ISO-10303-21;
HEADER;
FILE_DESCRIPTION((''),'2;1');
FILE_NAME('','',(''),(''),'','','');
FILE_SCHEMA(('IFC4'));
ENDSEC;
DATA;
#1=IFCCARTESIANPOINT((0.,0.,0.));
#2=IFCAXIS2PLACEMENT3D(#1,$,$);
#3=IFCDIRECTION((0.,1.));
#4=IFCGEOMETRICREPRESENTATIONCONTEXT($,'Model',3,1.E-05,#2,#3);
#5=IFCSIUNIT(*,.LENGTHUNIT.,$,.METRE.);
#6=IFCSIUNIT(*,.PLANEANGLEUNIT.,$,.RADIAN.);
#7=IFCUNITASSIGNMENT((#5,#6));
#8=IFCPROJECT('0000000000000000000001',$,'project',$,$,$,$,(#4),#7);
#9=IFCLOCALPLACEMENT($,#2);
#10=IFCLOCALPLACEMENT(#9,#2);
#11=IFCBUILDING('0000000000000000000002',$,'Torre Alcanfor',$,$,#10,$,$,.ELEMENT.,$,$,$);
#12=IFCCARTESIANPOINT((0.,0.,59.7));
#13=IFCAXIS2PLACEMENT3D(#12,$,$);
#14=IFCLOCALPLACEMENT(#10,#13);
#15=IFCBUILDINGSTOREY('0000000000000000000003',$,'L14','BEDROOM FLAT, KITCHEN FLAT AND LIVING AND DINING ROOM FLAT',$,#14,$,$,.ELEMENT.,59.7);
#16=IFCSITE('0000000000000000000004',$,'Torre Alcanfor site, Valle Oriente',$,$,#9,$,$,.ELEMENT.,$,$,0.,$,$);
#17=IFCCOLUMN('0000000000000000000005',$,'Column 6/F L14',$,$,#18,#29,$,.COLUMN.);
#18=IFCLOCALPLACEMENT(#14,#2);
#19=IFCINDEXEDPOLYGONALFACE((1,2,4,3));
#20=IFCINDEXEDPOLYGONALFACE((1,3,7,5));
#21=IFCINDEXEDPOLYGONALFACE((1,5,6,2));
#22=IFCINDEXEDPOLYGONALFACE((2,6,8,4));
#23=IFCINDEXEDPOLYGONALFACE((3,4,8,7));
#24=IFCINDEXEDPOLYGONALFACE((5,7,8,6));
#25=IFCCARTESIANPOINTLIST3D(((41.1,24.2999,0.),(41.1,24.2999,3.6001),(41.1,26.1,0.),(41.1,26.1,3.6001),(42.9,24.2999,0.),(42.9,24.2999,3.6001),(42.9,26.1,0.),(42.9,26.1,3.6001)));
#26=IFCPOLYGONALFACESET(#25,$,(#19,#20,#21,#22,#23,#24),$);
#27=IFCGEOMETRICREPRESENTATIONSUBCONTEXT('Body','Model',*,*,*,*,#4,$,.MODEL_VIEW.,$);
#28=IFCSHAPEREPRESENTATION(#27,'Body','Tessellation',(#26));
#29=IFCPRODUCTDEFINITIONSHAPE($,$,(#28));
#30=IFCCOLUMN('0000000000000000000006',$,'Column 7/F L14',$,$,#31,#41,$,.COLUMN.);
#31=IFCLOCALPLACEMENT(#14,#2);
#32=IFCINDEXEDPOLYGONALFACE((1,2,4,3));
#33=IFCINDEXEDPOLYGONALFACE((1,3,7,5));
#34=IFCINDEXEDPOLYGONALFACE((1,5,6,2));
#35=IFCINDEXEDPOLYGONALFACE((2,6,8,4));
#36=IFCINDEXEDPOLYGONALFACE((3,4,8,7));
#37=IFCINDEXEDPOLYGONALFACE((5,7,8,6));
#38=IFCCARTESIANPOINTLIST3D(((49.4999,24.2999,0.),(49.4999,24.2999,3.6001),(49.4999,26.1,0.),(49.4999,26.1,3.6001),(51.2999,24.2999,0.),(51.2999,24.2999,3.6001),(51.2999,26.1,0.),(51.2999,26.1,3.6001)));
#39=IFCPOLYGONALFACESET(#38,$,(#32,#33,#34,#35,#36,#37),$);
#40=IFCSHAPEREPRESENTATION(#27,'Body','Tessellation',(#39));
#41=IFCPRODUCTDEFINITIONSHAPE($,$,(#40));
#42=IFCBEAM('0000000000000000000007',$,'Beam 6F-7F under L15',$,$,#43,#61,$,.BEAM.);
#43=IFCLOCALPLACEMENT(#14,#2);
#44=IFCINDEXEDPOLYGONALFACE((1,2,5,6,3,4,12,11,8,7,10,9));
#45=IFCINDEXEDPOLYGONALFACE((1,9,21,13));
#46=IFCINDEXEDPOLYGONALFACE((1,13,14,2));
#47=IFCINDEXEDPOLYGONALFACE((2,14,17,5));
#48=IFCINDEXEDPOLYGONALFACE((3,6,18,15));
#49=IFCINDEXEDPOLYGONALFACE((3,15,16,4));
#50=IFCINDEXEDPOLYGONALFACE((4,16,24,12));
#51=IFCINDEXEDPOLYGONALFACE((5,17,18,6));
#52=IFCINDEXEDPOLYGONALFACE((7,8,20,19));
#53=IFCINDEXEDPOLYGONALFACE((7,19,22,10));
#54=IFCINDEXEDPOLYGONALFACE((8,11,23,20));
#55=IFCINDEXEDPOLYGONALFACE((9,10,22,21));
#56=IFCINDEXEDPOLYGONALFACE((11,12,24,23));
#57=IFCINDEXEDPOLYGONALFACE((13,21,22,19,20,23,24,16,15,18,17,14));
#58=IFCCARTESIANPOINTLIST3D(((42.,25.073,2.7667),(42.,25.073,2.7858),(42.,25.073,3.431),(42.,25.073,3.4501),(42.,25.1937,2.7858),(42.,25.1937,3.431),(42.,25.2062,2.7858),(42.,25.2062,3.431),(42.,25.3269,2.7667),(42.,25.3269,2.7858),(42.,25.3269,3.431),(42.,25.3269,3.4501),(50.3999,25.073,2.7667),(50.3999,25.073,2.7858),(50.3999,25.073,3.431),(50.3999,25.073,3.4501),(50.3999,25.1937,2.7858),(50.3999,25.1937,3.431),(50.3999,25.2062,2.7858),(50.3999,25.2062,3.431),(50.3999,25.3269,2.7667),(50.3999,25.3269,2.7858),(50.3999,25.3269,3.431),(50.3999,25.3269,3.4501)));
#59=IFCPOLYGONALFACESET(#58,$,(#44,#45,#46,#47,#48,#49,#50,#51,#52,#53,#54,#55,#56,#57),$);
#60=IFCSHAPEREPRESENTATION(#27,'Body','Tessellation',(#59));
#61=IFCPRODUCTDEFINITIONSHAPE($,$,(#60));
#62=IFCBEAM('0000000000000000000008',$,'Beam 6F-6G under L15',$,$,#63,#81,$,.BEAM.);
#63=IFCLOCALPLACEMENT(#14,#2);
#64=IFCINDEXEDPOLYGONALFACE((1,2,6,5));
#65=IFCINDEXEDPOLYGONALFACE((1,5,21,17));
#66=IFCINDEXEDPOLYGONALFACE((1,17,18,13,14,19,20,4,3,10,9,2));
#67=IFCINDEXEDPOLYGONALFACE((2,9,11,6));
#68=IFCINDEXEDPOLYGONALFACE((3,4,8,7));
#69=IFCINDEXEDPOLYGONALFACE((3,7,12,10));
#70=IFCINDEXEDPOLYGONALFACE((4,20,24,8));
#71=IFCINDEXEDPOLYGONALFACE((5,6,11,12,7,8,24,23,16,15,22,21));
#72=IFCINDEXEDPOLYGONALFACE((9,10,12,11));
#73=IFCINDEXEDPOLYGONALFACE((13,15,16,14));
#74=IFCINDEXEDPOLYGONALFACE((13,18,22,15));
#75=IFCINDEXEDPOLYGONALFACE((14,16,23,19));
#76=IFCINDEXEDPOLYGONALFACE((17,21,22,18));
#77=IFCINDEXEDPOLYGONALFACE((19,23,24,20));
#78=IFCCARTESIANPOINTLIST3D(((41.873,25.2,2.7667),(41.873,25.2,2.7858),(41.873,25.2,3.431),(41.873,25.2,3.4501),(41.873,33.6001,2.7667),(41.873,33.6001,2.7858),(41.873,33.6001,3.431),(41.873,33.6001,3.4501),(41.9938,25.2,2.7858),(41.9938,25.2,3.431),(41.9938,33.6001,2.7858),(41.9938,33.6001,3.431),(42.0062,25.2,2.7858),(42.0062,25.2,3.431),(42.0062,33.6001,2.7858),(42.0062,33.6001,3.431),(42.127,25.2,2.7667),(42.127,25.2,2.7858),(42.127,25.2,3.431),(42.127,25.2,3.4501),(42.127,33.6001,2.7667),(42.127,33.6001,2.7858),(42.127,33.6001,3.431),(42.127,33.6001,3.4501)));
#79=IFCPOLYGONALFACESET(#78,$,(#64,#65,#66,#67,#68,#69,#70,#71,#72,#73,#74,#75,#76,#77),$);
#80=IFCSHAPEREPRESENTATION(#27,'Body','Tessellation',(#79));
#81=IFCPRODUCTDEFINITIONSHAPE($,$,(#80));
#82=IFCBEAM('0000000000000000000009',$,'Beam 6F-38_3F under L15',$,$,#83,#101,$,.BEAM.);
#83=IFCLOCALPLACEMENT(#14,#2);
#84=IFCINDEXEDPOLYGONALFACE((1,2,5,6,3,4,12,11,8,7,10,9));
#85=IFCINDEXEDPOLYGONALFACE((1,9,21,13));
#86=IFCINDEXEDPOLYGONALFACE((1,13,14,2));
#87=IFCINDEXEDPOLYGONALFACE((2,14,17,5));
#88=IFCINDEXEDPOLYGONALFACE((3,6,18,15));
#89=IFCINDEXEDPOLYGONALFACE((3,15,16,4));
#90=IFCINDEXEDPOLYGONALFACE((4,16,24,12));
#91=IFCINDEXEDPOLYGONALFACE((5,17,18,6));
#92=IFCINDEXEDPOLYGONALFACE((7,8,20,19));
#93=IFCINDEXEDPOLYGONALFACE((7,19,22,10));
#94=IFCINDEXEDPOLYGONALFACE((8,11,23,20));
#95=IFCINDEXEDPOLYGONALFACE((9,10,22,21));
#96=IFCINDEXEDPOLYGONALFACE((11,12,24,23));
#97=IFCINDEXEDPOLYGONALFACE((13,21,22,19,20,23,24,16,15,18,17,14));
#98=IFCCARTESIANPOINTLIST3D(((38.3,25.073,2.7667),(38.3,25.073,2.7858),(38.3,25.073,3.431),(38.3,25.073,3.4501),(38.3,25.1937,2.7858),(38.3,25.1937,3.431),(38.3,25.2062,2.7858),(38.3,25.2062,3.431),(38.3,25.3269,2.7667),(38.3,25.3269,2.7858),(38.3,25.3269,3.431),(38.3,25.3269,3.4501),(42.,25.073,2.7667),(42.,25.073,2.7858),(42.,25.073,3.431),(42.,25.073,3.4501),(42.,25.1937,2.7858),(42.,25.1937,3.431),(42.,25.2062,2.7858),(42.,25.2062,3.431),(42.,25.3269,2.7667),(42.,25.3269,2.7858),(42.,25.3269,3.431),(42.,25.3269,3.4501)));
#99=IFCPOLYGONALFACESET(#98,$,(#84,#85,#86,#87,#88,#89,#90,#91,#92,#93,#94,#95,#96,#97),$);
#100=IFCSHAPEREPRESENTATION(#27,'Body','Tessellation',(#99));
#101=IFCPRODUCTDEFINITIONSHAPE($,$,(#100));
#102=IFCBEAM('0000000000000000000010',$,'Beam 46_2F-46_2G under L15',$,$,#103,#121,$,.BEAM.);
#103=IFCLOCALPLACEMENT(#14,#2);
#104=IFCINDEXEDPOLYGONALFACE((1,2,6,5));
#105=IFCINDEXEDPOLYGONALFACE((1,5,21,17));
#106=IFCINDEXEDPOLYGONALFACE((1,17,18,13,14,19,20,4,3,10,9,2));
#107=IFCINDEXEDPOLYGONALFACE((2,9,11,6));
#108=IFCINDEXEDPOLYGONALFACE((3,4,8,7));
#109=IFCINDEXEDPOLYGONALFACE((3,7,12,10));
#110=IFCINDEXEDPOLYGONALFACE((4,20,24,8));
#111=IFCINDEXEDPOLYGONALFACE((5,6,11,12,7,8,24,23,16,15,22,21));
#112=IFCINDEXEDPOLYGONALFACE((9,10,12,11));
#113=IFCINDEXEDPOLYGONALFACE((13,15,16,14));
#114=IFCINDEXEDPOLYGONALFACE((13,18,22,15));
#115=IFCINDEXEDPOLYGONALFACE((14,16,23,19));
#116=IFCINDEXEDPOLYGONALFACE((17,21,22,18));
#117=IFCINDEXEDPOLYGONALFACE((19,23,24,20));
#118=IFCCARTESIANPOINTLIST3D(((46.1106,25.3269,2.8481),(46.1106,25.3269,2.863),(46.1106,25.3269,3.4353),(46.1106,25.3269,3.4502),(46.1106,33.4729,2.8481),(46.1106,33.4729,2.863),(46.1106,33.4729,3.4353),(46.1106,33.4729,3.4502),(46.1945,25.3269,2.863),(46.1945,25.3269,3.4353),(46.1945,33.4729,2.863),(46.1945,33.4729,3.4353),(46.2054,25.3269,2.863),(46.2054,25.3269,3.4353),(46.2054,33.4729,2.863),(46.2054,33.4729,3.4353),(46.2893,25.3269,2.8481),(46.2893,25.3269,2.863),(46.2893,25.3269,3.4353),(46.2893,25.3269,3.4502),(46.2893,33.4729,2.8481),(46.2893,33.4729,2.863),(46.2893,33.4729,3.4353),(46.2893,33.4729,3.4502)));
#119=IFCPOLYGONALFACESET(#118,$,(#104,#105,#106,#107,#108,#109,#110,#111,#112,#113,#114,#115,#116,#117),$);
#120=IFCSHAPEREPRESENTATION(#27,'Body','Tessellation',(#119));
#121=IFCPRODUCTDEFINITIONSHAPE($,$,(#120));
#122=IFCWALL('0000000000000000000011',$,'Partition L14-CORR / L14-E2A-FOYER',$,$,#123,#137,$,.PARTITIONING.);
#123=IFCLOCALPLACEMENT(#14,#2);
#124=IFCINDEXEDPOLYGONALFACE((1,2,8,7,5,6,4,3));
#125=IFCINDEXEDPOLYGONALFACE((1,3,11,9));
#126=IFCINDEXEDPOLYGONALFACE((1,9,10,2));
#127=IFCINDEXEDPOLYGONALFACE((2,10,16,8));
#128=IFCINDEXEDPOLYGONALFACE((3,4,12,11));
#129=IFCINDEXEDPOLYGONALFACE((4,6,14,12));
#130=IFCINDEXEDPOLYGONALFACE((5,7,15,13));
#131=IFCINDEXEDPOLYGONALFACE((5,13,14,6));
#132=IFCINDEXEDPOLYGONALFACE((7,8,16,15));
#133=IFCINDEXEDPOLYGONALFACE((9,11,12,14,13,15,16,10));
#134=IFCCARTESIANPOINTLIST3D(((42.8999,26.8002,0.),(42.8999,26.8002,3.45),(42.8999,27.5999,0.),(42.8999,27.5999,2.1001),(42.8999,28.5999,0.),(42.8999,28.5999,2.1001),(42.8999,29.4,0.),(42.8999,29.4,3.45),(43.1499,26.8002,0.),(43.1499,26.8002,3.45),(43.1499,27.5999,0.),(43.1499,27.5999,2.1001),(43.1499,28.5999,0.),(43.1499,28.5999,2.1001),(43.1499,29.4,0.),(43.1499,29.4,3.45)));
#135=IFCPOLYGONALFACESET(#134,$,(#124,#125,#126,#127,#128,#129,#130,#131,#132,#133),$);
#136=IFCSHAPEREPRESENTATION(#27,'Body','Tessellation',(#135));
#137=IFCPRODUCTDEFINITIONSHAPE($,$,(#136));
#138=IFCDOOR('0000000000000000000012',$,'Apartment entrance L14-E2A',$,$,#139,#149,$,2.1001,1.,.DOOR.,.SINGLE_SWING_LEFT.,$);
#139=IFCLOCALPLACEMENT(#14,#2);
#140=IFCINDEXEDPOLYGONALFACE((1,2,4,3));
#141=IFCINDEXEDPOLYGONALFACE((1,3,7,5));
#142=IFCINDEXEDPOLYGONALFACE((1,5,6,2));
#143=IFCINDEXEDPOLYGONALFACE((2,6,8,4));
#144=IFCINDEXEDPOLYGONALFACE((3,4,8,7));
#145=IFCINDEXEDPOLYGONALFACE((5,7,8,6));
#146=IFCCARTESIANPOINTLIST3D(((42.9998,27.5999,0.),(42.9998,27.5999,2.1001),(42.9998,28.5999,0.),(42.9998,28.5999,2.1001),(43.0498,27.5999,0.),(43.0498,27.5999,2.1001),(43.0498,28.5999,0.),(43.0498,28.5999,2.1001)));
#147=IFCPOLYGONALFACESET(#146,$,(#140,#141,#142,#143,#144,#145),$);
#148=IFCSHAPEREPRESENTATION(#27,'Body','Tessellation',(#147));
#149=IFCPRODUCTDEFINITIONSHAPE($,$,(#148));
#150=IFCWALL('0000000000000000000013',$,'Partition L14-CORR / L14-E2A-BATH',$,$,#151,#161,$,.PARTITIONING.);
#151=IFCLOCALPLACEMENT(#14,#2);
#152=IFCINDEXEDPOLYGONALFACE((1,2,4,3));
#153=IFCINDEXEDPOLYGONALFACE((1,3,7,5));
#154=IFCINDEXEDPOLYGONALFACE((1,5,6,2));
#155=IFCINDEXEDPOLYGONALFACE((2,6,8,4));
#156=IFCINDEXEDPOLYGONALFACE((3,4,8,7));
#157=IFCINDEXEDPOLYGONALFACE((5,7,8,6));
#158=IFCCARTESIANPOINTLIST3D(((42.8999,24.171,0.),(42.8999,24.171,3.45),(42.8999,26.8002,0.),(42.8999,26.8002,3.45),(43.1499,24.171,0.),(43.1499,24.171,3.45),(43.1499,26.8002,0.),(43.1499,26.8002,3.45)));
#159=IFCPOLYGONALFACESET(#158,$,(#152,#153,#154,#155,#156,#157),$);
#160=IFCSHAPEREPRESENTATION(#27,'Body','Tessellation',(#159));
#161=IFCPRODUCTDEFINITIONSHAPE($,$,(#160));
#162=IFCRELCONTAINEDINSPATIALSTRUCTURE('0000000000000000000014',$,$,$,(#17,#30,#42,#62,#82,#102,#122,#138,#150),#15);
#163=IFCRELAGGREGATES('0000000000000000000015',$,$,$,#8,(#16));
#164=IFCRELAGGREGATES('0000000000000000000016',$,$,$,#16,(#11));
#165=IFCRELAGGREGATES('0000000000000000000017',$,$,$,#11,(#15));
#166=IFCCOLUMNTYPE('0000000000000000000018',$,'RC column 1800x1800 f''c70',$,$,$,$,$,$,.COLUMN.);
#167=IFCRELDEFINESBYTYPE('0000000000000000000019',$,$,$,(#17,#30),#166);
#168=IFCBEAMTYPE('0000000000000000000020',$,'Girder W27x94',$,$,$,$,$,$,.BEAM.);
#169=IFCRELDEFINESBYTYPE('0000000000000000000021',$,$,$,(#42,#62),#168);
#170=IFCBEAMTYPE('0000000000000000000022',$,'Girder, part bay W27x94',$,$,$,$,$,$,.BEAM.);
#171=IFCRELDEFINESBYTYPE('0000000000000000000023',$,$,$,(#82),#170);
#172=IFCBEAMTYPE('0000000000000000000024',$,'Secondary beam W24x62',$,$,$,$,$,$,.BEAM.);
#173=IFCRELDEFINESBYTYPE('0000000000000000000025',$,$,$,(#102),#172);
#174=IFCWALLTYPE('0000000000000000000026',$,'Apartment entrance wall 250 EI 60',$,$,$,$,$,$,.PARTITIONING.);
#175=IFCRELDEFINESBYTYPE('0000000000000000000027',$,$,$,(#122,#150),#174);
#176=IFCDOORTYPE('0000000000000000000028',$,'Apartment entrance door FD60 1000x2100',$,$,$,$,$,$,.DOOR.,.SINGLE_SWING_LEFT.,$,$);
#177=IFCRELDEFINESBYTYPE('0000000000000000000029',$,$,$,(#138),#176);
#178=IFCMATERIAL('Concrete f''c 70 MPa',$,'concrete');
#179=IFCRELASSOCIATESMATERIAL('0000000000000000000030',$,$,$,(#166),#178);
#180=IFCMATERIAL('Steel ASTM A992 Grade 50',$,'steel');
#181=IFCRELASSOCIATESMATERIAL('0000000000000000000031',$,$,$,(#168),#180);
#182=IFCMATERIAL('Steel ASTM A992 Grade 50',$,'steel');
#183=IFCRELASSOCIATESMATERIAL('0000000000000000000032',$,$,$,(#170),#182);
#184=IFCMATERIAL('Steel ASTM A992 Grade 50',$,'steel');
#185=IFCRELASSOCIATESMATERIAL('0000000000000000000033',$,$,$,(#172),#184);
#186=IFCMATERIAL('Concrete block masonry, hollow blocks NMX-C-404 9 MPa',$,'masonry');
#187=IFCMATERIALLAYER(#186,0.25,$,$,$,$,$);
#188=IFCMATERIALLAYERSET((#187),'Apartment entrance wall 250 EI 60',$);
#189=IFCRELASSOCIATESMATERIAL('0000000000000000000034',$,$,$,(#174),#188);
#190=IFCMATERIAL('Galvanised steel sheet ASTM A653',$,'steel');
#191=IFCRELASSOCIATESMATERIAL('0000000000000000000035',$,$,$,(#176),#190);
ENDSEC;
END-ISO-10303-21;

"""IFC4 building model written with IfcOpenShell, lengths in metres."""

from ifc_helpers import new_model, si_unit, direction, frame, frame_2d, origin, origin_2d, place, context, subcontext, project, spatial, rectangle, i_section, extrude, material, layer, layer_set, material_profile, profile_set, type_object, element, fill, save


model = new_model("IFC4")

# Units and contexts
model_context = context("Model", 3, precision=1e-05, world=origin(), true_north=direction((0.0, 1.0)))
body_context = subcontext(model_context, "Body", "Model", "MODEL_VIEW")
ifc_project = project(units=[si_unit("LENGTHUNIT", "METRE"), si_unit("PLANEANGLEUNIT", "RADIAN")], contexts=[model_context])

# Site, building, storey
site_placement = place(None, origin())
site = spatial("IfcSite", under=ifc_project, at=site_placement, Name="Torre Alcanfor site, Valle Oriente", CompositionType="ELEMENT", RefElevation=0.0)
building_placement = place(site_placement, origin())
building = spatial("IfcBuilding", under=site, at=building_placement, Name="Torre Alcanfor", CompositionType="ELEMENT")
storey_placement = place(building_placement, frame((0.0, 0.0, 59.7)))
storey = spatial("IfcBuildingStorey", under=building, at=storey_placement, Name="L14", Description="BEDROOM FLAT, KITCHEN FLAT AND LIVING AND DINING ROOM FLAT", CompositionType="ELEMENT", Elevation=59.7)

# Columns
ifc_material_1 = material(Name="Concrete f'c 70 MPa", Category="concrete")
ifc_material_profile_1 = material_profile(ifc_material_1, rectangle(XDim=1.8, YDim=1.8, at=origin_2d()), Name="1800x1800")
ifc_profile_set_1 = profile_set([ifc_material_profile_1], Name="Concrete f'c 70 MPa")
column_type = type_object("IfcColumnType", Name="RC column 1800x1800 f'c70", PredefinedType="COLUMN", material=ifc_profile_set_1)
for number, where, z_axis, x_axis, name in (
    (1, (42.0, 25.2, 0.0), (0.0, 0.0, 1.0), (1.0, 0.0, 0.0), "Column 6/F L14"),
    (2, (50.3999, 25.2, 0.0), (0.0, 0.0, 1.0), (1.0, 0.0, 0.0), "Column 7/F L14"),
):
    element("IfcColumn", number, at=place(storey_placement, frame(where, z_axis=z_axis, x_axis=x_axis)), inside=storey, type_object=column_type, Name=name, PredefinedType="COLUMN", context=body_context, shape_type="SweptSolid", body=[
        extrude(rectangle(XDim=1.8, YDim=1.8, at=origin_2d()), origin(), (0.0, 0.0, 1.0), 3.6001),
    ])

# Beams
ifc_material_2 = material(Name="Steel ASTM A992 Grade 50", Category="steel")
ifc_material_profile_2 = material_profile(ifc_material_2, i_section(OverallWidth=0.2539, OverallDepth=0.6833, WebThickness=0.0125, FlangeThickness=0.019, at=origin_2d()), Name="W27x94")
ifc_profile_set_2 = profile_set([ifc_material_profile_2], Name="Steel ASTM A992 Grade 50")
beam_type_1 = type_object("IfcBeamType", Name="Girder W27x94", PredefinedType="BEAM", material=ifc_profile_set_2)
beam_1_placement = place(storey_placement, frame((42.0, 25.2, 3.1084), z_axis=(1.0, 0.0, 0.0), x_axis=(0.0, 1.0, 0.0)))
element("IfcBeam", 3, at=beam_1_placement, inside=storey, type_object=beam_type_1, Name="Beam 6F-7F under L15", PredefinedType="BEAM", context=body_context, shape_type="SweptSolid", body=[
    extrude(i_section(OverallWidth=0.2539, OverallDepth=0.6833, WebThickness=0.0125, FlangeThickness=0.019, at=origin_2d()), origin(), (0.0, 0.0, 1.0), 8.3999),
])
beam_2_placement = place(storey_placement, frame((42.0, 25.2, 3.1084), z_axis=(0.0, 1.0, 0.0), x_axis=(-1.0, 0.0, 0.0)))
element("IfcBeam", 4, at=beam_2_placement, inside=storey, type_object=beam_type_1, Name="Beam 6F-6G under L15", PredefinedType="BEAM", context=body_context, shape_type="SweptSolid", body=[
    extrude(i_section(OverallWidth=0.2539, OverallDepth=0.6833, WebThickness=0.0125, FlangeThickness=0.019, at=origin_2d()), origin(), (0.0, 0.0, 1.0), 8.4001),
])
ifc_material_3 = material(Name="Steel ASTM A992 Grade 50", Category="steel")
ifc_material_profile_3 = material_profile(ifc_material_3, i_section(OverallWidth=0.2539, OverallDepth=0.6833, WebThickness=0.0125, FlangeThickness=0.019, at=origin_2d()), Name="W27x94")
ifc_profile_set_3 = profile_set([ifc_material_profile_3], Name="Steel ASTM A992 Grade 50")
beam_type_2 = type_object("IfcBeamType", Name="Girder, part bay W27x94", PredefinedType="BEAM", material=ifc_profile_set_3)
beam_3_placement = place(storey_placement, frame((42.0, 25.2, 3.1084), z_axis=(-1.0, 0.0, 0.0), x_axis=(0.0, -1.0, 0.0)))
element("IfcBeam", 5, at=beam_3_placement, inside=storey, type_object=beam_type_2, Name="Beam 6F-38_3F under L15", PredefinedType="BEAM", context=body_context, shape_type="SweptSolid", body=[
    extrude(i_section(OverallWidth=0.2539, OverallDepth=0.6833, WebThickness=0.0125, FlangeThickness=0.019, at=origin_2d()), origin(), (0.0, 0.0, 1.0), 3.7),
])
ifc_material_4 = material(Name="Steel ASTM A992 Grade 50", Category="steel")
ifc_material_profile_4 = material_profile(ifc_material_4, i_section(OverallWidth=0.1787, OverallDepth=0.6021, WebThickness=0.011, FlangeThickness=0.0149, at=origin_2d()), Name="W24x62")
ifc_profile_set_4 = profile_set([ifc_material_profile_4], Name="Steel ASTM A992 Grade 50")
beam_type_3 = type_object("IfcBeamType", Name="Secondary beam W24x62", PredefinedType="BEAM", material=ifc_profile_set_4)
beam_4_placement = place(storey_placement, frame((46.2, 25.3269, 3.1492), z_axis=(0.0, 1.0, 0.0), x_axis=(-1.0, 0.0, 0.0)))
element("IfcBeam", 6, at=beam_4_placement, inside=storey, type_object=beam_type_3, Name="Beam 46_2F-46_2G under L15", PredefinedType="BEAM", context=body_context, shape_type="SweptSolid", body=[
    extrude(i_section(OverallWidth=0.1787, OverallDepth=0.6021, WebThickness=0.011, FlangeThickness=0.0149, at=origin_2d()), origin(), (0.0, 0.0, 1.0), 8.146),
])

# Wall, opening, door
ifc_material_5 = material(Name="Concrete block masonry, hollow blocks NMX-C-404 9 MPa", Category="masonry")
ifc_layer_1 = layer(ifc_material_5, 0.25)
ifc_layer_set_1 = layer_set([ifc_layer_1], Name="Apartment entrance wall 250 EI 60")
wall_type_1 = type_object("IfcWallType", Name="Apartment entrance wall 250 EI 60", PredefinedType="PARTITIONING", material=ifc_layer_set_1)
wall_1_placement = place(storey_placement, frame((43.0249, 29.3999, 0.0), z_axis=(0.0, 0.0, 1.0), x_axis=(0.0, -1.0, 0.0)))
wall_1 = element("IfcWall", 7, at=wall_1_placement, inside=storey, type_object=wall_type_1, Name="Partition L14-CORR / L14-E2A-FOYER", PredefinedType="PARTITIONING", context=body_context, shape_type="SweptSolid", body=[
    extrude(rectangle(XDim=2.5999, YDim=0.25, at=frame_2d((1.2998, 0.0))), origin(), (0.0, 0.0, 1.0), 3.45),
])
opening_1_placement = place(wall_1_placement, frame((0.8, 0.0, 0.0)))
opening_1 = element("IfcOpeningElement", 8, at=opening_1_placement, cuts=wall_1, PredefinedType="OPENING", context=body_context, shape_type="SweptSolid", body=[
    extrude(rectangle(XDim=1.0, YDim=2.1001, at=frame_2d((0.5, 1.05))), frame((0.0, 0.135, 0.0), z_axis=(0.0, -1.0, 0.0), x_axis=(1.0, 0.0, 0.0)), (0.0, 0.0, 1.0), 0.27),
])
ifc_material_6 = material(Name="Galvanised steel sheet ASTM A653", Category="steel")
door_type_1 = type_object("IfcDoorType", Name="Apartment entrance door FD60 1000x2100", OperationType="SINGLE_SWING_LEFT", PredefinedType="DOOR", material=ifc_material_6)
door_1_placement = place(opening_1_placement, origin())
door_1 = element("IfcDoor", 9, at=door_1_placement, inside=storey, type_object=door_type_1, Name="Apartment entrance L14-E2A", OperationType="SINGLE_SWING_LEFT", OverallHeight=2.1001, OverallWidth=1.0, PredefinedType="DOOR", context=body_context, shape_type="SweptSolid", body=[
    extrude(rectangle(XDim=1.0, YDim=2.1001, at=frame_2d((0.5, 1.05))), frame((0.0, 0.0249, 0.0), z_axis=(0.0, -1.0, 0.0), x_axis=(1.0, 0.0, 0.0)), (0.0, 0.0, 1.0), 0.05),
])
fill(opening_1, door_1)

# Wall
wall_2_placement = place(storey_placement, frame((43.0249, 26.8, 0.0), z_axis=(0.0, 0.0, 1.0), x_axis=(0.0, -1.0, 0.0)))
element("IfcWall", 10, at=wall_2_placement, inside=storey, type_object=wall_type_1, Name="Partition L14-CORR / L14-E2A-BATH", PredefinedType="PARTITIONING", context=body_context, shape_type="SweptSolid", body=[
    extrude(rectangle(XDim=2.6292, YDim=0.25, at=frame_2d((1.3145, 0.0))), origin(), (0.0, 0.0, 1.0), 3.45),
])

save(model, "model.ifc")
